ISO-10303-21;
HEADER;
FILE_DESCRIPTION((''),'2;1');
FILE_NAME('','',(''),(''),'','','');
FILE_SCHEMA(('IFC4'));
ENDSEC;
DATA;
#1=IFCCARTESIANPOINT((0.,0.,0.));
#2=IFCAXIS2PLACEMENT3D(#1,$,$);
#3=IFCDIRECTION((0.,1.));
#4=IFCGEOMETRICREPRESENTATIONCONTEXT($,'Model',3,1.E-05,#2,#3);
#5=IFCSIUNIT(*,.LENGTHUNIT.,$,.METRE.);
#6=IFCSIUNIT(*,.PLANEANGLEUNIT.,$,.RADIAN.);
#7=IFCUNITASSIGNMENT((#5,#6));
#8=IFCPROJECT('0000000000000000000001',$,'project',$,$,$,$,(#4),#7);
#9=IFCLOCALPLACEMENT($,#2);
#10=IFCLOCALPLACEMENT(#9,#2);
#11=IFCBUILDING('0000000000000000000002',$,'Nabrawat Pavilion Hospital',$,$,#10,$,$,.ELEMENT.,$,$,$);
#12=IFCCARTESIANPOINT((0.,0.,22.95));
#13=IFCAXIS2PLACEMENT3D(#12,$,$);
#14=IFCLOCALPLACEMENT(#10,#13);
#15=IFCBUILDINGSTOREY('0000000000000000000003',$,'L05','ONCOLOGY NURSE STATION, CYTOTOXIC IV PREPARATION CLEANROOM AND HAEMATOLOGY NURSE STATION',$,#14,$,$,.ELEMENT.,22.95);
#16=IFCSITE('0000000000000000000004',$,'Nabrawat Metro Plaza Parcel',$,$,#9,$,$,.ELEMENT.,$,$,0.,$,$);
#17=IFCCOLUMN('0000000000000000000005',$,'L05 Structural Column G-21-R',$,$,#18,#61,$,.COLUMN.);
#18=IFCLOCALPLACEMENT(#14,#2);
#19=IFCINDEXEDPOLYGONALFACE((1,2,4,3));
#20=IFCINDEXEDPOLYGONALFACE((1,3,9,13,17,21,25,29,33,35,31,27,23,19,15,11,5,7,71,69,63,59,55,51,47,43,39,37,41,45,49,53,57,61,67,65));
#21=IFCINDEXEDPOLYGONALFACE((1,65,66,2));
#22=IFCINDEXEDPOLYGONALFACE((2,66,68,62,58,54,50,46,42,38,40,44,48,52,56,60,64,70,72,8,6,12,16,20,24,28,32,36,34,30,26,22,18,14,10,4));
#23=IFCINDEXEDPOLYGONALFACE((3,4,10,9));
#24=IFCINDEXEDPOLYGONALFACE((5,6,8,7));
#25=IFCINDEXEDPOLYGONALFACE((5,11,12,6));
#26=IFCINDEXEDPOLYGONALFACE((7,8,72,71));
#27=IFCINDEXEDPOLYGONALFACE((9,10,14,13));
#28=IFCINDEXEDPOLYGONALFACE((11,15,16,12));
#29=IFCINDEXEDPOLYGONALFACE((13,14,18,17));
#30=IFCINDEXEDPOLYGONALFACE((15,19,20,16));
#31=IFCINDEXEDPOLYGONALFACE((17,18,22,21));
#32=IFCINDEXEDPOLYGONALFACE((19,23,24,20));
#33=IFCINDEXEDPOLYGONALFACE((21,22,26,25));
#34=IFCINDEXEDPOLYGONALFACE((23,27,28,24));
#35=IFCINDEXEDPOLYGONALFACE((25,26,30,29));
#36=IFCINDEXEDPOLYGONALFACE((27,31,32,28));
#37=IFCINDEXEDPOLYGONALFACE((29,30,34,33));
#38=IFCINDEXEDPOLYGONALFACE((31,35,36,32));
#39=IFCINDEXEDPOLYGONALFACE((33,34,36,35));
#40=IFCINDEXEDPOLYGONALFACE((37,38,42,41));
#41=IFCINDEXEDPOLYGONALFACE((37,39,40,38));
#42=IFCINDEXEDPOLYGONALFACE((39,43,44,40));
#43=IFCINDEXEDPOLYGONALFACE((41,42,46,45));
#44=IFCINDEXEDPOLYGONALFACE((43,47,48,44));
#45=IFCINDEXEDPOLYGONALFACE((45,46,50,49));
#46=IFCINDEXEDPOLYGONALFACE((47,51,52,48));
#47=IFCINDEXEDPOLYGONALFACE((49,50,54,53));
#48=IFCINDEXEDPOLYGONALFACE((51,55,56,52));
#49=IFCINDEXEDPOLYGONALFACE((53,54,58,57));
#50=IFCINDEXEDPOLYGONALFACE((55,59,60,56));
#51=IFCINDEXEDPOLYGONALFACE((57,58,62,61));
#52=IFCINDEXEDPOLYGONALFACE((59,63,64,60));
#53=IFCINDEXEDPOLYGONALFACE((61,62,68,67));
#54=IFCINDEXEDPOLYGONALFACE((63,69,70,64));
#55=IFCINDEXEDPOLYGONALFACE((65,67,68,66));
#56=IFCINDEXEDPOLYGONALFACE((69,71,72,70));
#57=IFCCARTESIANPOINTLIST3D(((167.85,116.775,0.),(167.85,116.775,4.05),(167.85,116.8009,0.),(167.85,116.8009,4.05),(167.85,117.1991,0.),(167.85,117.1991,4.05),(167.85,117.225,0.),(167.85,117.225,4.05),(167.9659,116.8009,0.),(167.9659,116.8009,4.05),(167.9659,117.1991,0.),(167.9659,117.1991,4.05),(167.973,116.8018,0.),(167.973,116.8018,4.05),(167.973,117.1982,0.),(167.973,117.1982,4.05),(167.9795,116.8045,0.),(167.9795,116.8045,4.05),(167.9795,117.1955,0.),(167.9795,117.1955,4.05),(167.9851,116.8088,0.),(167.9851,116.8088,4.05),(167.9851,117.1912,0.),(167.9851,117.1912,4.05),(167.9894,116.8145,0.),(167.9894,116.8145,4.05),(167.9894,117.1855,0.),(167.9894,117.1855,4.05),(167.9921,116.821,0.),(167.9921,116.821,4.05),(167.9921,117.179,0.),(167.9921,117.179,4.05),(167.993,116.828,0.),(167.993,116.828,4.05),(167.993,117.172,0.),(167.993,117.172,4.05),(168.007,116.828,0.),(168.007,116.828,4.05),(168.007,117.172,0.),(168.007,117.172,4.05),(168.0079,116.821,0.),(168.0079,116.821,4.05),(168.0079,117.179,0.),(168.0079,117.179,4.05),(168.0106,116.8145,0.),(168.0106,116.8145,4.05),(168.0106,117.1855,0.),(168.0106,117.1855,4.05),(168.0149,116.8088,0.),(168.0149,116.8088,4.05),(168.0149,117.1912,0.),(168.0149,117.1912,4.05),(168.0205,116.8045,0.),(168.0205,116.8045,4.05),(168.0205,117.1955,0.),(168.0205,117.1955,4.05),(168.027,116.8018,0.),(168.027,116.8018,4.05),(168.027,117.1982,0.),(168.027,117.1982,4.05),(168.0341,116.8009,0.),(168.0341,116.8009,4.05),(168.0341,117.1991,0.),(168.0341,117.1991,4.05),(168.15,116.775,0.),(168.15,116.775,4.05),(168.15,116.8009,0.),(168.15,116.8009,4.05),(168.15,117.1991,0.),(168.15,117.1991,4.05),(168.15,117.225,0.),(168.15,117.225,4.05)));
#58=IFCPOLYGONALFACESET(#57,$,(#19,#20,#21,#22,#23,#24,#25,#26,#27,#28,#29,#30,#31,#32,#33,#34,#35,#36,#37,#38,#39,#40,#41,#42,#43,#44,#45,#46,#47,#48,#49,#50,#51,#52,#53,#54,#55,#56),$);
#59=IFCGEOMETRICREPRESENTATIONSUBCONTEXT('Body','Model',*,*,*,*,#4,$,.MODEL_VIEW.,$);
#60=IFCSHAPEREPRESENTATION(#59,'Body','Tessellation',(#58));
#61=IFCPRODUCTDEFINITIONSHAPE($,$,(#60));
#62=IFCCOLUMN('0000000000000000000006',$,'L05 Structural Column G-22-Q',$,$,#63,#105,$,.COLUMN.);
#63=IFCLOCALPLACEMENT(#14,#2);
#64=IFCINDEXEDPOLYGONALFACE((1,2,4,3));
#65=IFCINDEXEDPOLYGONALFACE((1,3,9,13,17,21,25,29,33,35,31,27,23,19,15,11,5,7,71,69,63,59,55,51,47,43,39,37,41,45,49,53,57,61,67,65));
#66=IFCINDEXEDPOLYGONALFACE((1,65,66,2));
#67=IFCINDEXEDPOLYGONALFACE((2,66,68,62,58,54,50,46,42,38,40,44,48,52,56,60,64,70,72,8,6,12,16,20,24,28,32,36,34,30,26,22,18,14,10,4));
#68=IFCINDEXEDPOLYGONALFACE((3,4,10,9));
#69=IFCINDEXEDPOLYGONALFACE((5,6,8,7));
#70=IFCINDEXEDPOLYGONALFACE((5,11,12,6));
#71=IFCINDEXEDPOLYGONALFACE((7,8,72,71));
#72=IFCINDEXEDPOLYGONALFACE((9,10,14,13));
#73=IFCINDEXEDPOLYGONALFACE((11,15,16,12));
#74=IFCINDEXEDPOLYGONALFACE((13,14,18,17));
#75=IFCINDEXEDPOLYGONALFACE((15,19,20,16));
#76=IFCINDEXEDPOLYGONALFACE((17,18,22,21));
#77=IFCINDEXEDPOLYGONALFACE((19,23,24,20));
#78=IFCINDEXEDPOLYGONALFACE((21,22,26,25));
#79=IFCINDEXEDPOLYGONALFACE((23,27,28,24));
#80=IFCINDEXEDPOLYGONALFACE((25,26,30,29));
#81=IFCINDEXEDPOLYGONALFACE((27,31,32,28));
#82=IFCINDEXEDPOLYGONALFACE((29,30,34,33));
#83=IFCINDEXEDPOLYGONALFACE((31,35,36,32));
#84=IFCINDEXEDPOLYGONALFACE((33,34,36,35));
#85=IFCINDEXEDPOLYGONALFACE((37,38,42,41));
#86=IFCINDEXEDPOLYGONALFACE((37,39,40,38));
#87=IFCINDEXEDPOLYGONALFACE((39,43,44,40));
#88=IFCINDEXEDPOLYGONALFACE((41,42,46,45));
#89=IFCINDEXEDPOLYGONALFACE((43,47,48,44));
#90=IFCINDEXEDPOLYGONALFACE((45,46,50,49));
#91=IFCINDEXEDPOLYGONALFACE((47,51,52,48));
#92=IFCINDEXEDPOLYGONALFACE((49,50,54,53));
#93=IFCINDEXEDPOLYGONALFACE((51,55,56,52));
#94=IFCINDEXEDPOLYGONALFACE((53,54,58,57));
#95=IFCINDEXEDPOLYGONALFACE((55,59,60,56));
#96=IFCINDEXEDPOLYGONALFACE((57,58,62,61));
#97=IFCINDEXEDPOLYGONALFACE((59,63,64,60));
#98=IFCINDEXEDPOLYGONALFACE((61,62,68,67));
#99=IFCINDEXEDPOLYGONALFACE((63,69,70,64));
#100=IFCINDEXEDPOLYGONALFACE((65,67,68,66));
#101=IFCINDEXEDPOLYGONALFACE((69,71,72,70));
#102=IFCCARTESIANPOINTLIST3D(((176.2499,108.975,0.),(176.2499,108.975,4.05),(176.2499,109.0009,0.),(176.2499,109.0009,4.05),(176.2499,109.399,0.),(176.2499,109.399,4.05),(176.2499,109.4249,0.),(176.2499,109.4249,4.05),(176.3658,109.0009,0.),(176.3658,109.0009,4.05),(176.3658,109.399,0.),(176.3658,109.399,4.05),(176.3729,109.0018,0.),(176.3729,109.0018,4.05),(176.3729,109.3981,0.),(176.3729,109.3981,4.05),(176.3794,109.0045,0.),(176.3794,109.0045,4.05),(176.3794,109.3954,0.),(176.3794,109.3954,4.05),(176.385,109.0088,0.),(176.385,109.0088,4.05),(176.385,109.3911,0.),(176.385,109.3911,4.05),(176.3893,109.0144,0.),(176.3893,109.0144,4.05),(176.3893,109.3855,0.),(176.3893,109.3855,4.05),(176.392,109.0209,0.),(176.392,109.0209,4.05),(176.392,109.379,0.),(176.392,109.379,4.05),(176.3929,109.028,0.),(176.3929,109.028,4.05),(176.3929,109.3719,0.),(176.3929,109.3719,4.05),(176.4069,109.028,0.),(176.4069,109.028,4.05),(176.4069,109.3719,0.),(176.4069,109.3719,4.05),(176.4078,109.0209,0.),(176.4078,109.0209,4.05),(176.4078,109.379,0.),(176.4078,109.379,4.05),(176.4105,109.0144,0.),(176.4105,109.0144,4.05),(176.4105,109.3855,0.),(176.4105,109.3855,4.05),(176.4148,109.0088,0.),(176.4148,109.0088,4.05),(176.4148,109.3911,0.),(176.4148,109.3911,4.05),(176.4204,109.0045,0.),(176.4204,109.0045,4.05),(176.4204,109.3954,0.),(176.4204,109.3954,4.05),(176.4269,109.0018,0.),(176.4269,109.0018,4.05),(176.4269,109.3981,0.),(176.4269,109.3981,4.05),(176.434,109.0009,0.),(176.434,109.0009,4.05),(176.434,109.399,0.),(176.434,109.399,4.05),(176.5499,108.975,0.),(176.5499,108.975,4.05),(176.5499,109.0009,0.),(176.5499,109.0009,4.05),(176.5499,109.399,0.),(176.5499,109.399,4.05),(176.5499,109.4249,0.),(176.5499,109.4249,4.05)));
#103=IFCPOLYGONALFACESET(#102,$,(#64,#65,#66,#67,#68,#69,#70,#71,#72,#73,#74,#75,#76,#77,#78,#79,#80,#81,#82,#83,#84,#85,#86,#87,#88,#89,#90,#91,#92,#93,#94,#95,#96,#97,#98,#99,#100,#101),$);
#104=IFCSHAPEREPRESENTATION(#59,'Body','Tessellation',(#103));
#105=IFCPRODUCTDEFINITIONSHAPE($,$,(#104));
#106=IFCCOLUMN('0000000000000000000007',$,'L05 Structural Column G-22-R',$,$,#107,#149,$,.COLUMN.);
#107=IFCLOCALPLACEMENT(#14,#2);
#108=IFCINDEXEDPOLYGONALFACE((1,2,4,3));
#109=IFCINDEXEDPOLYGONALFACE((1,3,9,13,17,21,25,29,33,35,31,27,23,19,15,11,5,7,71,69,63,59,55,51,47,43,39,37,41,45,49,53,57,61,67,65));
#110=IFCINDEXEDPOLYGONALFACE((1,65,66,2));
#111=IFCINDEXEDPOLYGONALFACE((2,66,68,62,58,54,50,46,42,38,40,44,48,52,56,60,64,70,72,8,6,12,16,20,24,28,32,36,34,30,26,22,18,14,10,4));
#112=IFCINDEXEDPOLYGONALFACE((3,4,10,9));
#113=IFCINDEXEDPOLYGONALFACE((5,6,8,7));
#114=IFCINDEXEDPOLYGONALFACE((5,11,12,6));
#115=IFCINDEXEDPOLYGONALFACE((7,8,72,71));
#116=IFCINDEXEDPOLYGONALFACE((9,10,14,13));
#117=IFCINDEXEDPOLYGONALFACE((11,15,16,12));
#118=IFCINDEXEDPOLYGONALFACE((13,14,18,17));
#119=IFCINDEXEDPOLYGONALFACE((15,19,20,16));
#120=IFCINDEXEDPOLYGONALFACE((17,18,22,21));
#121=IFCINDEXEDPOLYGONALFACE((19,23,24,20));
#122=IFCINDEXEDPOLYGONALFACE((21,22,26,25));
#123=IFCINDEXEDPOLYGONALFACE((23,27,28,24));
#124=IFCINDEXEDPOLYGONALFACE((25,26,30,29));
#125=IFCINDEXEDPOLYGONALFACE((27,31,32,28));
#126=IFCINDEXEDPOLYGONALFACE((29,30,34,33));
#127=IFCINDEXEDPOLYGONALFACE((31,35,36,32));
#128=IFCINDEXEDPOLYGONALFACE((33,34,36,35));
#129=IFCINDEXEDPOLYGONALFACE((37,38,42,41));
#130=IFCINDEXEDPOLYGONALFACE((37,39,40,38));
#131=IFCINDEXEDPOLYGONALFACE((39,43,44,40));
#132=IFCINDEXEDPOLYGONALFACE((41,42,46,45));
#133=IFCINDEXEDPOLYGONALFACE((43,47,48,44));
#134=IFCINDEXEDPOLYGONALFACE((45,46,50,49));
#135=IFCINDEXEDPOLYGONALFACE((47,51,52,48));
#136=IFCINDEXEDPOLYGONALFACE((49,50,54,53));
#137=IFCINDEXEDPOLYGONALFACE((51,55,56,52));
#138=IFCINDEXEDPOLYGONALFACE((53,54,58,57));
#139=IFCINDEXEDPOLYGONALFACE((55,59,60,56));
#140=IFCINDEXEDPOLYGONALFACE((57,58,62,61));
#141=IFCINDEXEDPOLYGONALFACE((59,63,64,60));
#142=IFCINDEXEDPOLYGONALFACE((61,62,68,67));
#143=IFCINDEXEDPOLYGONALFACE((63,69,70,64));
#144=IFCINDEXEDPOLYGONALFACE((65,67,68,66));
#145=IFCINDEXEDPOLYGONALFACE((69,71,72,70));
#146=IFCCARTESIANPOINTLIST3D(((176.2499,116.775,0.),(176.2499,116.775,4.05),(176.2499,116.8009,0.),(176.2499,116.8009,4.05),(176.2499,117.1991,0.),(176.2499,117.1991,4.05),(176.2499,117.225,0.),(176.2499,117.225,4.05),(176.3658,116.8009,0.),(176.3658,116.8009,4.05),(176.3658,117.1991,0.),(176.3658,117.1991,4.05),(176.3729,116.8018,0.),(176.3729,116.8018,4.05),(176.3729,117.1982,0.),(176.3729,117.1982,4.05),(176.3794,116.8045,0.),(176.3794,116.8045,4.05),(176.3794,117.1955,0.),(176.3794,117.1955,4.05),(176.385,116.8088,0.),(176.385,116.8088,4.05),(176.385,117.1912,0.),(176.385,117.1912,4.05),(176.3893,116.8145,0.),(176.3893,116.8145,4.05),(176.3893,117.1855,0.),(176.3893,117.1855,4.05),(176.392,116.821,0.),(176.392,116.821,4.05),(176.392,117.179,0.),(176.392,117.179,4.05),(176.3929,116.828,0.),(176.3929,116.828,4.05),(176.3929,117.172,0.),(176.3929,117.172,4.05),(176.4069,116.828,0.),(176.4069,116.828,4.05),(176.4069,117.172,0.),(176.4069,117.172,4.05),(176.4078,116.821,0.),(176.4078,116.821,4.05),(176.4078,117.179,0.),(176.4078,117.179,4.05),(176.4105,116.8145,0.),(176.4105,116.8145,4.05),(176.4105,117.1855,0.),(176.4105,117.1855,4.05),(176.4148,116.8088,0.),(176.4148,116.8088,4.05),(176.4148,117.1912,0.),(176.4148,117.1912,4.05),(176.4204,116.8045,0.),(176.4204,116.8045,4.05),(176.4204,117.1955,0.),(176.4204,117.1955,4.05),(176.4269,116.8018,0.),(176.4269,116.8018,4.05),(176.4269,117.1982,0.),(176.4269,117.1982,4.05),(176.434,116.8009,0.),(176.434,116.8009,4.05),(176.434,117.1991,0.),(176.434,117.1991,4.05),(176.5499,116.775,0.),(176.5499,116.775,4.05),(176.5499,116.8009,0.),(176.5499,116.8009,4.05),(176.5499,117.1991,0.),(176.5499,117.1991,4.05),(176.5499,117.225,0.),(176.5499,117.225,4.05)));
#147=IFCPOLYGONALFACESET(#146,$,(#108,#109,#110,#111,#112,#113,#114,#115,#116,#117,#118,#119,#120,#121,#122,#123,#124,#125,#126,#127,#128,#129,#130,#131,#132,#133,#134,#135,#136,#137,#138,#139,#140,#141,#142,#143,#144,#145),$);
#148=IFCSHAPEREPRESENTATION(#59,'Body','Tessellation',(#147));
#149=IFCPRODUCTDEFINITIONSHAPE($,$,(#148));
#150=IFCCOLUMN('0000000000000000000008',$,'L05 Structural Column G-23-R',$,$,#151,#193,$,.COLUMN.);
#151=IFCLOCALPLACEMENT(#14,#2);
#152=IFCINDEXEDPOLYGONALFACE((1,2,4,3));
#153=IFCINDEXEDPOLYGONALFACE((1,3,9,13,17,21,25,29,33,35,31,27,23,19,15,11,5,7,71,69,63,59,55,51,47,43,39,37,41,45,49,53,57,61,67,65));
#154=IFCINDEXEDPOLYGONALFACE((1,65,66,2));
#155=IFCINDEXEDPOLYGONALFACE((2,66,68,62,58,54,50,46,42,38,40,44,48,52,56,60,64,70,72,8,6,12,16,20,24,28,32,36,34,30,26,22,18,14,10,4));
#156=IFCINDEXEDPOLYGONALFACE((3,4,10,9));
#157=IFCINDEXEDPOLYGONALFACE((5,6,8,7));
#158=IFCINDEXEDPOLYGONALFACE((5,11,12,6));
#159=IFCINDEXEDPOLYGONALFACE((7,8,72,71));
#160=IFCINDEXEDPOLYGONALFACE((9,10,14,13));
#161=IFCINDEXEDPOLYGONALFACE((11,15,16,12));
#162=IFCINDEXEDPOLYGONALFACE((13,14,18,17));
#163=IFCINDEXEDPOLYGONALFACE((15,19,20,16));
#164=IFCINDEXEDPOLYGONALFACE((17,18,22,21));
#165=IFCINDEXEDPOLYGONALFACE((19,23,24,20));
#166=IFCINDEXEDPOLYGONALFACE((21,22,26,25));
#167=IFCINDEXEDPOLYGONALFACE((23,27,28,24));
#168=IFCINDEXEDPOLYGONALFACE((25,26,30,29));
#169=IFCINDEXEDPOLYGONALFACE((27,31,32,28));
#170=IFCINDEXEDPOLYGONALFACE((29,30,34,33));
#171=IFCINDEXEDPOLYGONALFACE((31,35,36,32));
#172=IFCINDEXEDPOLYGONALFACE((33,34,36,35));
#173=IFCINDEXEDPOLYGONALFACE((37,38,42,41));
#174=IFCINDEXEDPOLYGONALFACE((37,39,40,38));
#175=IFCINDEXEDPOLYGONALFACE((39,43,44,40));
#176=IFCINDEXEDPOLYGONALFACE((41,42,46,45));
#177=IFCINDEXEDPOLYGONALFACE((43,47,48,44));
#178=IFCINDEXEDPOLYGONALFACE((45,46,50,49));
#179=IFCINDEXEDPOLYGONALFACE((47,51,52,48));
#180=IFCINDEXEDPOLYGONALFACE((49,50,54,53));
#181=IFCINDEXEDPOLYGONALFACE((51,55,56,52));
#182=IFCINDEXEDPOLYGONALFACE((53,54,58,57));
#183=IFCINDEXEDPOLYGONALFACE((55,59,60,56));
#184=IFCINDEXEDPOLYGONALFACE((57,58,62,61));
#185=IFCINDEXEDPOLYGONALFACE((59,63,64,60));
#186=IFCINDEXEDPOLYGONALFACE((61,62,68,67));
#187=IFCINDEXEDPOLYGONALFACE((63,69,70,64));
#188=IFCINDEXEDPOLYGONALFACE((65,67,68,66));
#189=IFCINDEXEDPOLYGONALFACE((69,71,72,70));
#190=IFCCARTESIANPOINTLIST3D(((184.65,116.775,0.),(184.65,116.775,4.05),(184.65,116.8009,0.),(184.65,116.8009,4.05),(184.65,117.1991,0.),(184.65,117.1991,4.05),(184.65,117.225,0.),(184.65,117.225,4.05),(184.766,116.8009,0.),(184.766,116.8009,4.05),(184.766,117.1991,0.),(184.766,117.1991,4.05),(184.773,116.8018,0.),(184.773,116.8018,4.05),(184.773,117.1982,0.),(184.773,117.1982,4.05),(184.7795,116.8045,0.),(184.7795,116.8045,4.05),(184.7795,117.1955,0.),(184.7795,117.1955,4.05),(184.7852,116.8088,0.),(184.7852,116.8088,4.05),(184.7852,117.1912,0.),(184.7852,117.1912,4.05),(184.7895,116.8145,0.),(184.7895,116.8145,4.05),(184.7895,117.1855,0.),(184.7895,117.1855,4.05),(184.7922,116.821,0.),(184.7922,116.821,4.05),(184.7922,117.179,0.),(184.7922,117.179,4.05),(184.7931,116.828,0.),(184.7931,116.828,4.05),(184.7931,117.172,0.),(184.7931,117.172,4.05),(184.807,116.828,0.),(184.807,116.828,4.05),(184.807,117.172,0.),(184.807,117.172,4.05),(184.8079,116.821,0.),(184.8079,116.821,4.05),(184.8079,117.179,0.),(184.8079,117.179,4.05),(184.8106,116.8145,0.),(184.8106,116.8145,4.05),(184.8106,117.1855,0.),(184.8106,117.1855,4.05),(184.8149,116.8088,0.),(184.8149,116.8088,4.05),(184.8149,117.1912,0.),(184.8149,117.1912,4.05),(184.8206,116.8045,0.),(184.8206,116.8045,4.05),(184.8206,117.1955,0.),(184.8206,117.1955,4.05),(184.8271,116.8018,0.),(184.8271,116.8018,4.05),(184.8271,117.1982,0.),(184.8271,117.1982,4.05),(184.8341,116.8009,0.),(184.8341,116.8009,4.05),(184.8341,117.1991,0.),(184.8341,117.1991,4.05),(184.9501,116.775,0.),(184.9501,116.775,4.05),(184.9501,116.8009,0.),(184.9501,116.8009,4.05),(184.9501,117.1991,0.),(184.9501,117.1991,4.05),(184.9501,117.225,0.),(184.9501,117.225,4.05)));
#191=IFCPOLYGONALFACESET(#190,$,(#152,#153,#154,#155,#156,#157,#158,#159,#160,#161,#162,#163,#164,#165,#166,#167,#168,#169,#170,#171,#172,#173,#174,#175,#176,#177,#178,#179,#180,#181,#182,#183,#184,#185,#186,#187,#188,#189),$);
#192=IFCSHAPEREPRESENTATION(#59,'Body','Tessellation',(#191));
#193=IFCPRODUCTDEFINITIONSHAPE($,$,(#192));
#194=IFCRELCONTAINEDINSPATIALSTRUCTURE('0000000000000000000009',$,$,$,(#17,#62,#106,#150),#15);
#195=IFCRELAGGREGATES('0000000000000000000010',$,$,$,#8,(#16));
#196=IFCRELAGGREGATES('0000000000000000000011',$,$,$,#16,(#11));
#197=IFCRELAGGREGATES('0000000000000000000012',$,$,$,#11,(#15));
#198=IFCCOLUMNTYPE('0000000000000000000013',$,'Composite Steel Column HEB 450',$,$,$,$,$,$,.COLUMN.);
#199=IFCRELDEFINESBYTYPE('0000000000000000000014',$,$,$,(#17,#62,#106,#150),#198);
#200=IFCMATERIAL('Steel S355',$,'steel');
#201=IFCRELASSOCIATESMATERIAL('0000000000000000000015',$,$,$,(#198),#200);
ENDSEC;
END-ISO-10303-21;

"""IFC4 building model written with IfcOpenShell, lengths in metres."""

from ifc_helpers import new_model, si_unit, direction, frame, origin, origin_2d, place, context, subcontext, project, spatial, i_section, extrude, material, material_profile, profile_set, type_object, element, save


model = new_model("IFC4")

# Units and contexts
model_context = context("Model", 3, precision=1e-05, world=origin(), true_north=direction((0.0, 1.0)))
body_context = subcontext(model_context, "Body", "Model", "MODEL_VIEW")
ifc_project = project(units=[si_unit("LENGTHUNIT", "METRE"), si_unit("PLANEANGLEUNIT", "RADIAN")], contexts=[model_context])

# Site, building, storey
site_placement = place(None, origin())
site = spatial("IfcSite", under=ifc_project, at=site_placement, Name="Nabrawat Metro Plaza Parcel", CompositionType="ELEMENT", RefElevation=0.0)
building_placement = place(site_placement, origin())
building = spatial("IfcBuilding", under=site, at=building_placement, Name="Nabrawat Pavilion Hospital", CompositionType="ELEMENT")
storey_placement = place(building_placement, frame((0.0, 0.0, 22.95)))
storey = spatial("IfcBuildingStorey", under=building, at=storey_placement, Name="L05", Description="ONCOLOGY NURSE STATION, CYTOTOXIC IV PREPARATION CLEANROOM AND HAEMATOLOGY NURSE STATION", CompositionType="ELEMENT", Elevation=22.95)

# Columns
ifc_material_1 = material(Name="Steel S355", Category="steel")
ifc_material_profile_1 = material_profile(ifc_material_1, i_section(OverallWidth=0.3, OverallDepth=0.45, WebThickness=0.0139, FlangeThickness=0.0259, FilletRadius=0.0271, at=origin_2d()), Name="HEB 450")
ifc_profile_set_1 = profile_set([ifc_material_profile_1], Name="Steel S355")
column_type = type_object("IfcColumnType", Name="Composite Steel Column HEB 450", PredefinedType="COLUMN", material=ifc_profile_set_1)
for number, where, z_axis, x_axis, name in (
    (1, (168.0, 117.0, 0.0), (0.0, 0.0, 1.0), (1.0, 0.0, 0.0), "L05 Structural Column G-21-R"),
    (2, (176.3999, 109.2, 0.0), (0.0, 0.0, 1.0), (1.0, 0.0, 0.0), "L05 Structural Column G-22-Q"),
    (3, (176.3999, 117.0, 0.0), (0.0, 0.0, 1.0), (1.0, 0.0, 0.0), "L05 Structural Column G-22-R"),
    (4, (184.8, 117.0, 0.0), (0.0, 0.0, 1.0), (1.0, 0.0, 0.0), "L05 Structural Column G-23-R"),
):
    element("IfcColumn", number, at=place(storey_placement, frame(where, z_axis=z_axis, x_axis=x_axis)), inside=storey, type_object=column_type, Name=name, PredefinedType="COLUMN", context=body_context, shape_type="SweptSolid", body=[
        extrude(i_section(OverallWidth=0.3, OverallDepth=0.45, WebThickness=0.0139, FlangeThickness=0.0259, FilletRadius=0.0271, at=origin_2d()), origin(), (0.0, 0.0, 1.0), 4.05),
    ])

save(model, "model.ifc")
